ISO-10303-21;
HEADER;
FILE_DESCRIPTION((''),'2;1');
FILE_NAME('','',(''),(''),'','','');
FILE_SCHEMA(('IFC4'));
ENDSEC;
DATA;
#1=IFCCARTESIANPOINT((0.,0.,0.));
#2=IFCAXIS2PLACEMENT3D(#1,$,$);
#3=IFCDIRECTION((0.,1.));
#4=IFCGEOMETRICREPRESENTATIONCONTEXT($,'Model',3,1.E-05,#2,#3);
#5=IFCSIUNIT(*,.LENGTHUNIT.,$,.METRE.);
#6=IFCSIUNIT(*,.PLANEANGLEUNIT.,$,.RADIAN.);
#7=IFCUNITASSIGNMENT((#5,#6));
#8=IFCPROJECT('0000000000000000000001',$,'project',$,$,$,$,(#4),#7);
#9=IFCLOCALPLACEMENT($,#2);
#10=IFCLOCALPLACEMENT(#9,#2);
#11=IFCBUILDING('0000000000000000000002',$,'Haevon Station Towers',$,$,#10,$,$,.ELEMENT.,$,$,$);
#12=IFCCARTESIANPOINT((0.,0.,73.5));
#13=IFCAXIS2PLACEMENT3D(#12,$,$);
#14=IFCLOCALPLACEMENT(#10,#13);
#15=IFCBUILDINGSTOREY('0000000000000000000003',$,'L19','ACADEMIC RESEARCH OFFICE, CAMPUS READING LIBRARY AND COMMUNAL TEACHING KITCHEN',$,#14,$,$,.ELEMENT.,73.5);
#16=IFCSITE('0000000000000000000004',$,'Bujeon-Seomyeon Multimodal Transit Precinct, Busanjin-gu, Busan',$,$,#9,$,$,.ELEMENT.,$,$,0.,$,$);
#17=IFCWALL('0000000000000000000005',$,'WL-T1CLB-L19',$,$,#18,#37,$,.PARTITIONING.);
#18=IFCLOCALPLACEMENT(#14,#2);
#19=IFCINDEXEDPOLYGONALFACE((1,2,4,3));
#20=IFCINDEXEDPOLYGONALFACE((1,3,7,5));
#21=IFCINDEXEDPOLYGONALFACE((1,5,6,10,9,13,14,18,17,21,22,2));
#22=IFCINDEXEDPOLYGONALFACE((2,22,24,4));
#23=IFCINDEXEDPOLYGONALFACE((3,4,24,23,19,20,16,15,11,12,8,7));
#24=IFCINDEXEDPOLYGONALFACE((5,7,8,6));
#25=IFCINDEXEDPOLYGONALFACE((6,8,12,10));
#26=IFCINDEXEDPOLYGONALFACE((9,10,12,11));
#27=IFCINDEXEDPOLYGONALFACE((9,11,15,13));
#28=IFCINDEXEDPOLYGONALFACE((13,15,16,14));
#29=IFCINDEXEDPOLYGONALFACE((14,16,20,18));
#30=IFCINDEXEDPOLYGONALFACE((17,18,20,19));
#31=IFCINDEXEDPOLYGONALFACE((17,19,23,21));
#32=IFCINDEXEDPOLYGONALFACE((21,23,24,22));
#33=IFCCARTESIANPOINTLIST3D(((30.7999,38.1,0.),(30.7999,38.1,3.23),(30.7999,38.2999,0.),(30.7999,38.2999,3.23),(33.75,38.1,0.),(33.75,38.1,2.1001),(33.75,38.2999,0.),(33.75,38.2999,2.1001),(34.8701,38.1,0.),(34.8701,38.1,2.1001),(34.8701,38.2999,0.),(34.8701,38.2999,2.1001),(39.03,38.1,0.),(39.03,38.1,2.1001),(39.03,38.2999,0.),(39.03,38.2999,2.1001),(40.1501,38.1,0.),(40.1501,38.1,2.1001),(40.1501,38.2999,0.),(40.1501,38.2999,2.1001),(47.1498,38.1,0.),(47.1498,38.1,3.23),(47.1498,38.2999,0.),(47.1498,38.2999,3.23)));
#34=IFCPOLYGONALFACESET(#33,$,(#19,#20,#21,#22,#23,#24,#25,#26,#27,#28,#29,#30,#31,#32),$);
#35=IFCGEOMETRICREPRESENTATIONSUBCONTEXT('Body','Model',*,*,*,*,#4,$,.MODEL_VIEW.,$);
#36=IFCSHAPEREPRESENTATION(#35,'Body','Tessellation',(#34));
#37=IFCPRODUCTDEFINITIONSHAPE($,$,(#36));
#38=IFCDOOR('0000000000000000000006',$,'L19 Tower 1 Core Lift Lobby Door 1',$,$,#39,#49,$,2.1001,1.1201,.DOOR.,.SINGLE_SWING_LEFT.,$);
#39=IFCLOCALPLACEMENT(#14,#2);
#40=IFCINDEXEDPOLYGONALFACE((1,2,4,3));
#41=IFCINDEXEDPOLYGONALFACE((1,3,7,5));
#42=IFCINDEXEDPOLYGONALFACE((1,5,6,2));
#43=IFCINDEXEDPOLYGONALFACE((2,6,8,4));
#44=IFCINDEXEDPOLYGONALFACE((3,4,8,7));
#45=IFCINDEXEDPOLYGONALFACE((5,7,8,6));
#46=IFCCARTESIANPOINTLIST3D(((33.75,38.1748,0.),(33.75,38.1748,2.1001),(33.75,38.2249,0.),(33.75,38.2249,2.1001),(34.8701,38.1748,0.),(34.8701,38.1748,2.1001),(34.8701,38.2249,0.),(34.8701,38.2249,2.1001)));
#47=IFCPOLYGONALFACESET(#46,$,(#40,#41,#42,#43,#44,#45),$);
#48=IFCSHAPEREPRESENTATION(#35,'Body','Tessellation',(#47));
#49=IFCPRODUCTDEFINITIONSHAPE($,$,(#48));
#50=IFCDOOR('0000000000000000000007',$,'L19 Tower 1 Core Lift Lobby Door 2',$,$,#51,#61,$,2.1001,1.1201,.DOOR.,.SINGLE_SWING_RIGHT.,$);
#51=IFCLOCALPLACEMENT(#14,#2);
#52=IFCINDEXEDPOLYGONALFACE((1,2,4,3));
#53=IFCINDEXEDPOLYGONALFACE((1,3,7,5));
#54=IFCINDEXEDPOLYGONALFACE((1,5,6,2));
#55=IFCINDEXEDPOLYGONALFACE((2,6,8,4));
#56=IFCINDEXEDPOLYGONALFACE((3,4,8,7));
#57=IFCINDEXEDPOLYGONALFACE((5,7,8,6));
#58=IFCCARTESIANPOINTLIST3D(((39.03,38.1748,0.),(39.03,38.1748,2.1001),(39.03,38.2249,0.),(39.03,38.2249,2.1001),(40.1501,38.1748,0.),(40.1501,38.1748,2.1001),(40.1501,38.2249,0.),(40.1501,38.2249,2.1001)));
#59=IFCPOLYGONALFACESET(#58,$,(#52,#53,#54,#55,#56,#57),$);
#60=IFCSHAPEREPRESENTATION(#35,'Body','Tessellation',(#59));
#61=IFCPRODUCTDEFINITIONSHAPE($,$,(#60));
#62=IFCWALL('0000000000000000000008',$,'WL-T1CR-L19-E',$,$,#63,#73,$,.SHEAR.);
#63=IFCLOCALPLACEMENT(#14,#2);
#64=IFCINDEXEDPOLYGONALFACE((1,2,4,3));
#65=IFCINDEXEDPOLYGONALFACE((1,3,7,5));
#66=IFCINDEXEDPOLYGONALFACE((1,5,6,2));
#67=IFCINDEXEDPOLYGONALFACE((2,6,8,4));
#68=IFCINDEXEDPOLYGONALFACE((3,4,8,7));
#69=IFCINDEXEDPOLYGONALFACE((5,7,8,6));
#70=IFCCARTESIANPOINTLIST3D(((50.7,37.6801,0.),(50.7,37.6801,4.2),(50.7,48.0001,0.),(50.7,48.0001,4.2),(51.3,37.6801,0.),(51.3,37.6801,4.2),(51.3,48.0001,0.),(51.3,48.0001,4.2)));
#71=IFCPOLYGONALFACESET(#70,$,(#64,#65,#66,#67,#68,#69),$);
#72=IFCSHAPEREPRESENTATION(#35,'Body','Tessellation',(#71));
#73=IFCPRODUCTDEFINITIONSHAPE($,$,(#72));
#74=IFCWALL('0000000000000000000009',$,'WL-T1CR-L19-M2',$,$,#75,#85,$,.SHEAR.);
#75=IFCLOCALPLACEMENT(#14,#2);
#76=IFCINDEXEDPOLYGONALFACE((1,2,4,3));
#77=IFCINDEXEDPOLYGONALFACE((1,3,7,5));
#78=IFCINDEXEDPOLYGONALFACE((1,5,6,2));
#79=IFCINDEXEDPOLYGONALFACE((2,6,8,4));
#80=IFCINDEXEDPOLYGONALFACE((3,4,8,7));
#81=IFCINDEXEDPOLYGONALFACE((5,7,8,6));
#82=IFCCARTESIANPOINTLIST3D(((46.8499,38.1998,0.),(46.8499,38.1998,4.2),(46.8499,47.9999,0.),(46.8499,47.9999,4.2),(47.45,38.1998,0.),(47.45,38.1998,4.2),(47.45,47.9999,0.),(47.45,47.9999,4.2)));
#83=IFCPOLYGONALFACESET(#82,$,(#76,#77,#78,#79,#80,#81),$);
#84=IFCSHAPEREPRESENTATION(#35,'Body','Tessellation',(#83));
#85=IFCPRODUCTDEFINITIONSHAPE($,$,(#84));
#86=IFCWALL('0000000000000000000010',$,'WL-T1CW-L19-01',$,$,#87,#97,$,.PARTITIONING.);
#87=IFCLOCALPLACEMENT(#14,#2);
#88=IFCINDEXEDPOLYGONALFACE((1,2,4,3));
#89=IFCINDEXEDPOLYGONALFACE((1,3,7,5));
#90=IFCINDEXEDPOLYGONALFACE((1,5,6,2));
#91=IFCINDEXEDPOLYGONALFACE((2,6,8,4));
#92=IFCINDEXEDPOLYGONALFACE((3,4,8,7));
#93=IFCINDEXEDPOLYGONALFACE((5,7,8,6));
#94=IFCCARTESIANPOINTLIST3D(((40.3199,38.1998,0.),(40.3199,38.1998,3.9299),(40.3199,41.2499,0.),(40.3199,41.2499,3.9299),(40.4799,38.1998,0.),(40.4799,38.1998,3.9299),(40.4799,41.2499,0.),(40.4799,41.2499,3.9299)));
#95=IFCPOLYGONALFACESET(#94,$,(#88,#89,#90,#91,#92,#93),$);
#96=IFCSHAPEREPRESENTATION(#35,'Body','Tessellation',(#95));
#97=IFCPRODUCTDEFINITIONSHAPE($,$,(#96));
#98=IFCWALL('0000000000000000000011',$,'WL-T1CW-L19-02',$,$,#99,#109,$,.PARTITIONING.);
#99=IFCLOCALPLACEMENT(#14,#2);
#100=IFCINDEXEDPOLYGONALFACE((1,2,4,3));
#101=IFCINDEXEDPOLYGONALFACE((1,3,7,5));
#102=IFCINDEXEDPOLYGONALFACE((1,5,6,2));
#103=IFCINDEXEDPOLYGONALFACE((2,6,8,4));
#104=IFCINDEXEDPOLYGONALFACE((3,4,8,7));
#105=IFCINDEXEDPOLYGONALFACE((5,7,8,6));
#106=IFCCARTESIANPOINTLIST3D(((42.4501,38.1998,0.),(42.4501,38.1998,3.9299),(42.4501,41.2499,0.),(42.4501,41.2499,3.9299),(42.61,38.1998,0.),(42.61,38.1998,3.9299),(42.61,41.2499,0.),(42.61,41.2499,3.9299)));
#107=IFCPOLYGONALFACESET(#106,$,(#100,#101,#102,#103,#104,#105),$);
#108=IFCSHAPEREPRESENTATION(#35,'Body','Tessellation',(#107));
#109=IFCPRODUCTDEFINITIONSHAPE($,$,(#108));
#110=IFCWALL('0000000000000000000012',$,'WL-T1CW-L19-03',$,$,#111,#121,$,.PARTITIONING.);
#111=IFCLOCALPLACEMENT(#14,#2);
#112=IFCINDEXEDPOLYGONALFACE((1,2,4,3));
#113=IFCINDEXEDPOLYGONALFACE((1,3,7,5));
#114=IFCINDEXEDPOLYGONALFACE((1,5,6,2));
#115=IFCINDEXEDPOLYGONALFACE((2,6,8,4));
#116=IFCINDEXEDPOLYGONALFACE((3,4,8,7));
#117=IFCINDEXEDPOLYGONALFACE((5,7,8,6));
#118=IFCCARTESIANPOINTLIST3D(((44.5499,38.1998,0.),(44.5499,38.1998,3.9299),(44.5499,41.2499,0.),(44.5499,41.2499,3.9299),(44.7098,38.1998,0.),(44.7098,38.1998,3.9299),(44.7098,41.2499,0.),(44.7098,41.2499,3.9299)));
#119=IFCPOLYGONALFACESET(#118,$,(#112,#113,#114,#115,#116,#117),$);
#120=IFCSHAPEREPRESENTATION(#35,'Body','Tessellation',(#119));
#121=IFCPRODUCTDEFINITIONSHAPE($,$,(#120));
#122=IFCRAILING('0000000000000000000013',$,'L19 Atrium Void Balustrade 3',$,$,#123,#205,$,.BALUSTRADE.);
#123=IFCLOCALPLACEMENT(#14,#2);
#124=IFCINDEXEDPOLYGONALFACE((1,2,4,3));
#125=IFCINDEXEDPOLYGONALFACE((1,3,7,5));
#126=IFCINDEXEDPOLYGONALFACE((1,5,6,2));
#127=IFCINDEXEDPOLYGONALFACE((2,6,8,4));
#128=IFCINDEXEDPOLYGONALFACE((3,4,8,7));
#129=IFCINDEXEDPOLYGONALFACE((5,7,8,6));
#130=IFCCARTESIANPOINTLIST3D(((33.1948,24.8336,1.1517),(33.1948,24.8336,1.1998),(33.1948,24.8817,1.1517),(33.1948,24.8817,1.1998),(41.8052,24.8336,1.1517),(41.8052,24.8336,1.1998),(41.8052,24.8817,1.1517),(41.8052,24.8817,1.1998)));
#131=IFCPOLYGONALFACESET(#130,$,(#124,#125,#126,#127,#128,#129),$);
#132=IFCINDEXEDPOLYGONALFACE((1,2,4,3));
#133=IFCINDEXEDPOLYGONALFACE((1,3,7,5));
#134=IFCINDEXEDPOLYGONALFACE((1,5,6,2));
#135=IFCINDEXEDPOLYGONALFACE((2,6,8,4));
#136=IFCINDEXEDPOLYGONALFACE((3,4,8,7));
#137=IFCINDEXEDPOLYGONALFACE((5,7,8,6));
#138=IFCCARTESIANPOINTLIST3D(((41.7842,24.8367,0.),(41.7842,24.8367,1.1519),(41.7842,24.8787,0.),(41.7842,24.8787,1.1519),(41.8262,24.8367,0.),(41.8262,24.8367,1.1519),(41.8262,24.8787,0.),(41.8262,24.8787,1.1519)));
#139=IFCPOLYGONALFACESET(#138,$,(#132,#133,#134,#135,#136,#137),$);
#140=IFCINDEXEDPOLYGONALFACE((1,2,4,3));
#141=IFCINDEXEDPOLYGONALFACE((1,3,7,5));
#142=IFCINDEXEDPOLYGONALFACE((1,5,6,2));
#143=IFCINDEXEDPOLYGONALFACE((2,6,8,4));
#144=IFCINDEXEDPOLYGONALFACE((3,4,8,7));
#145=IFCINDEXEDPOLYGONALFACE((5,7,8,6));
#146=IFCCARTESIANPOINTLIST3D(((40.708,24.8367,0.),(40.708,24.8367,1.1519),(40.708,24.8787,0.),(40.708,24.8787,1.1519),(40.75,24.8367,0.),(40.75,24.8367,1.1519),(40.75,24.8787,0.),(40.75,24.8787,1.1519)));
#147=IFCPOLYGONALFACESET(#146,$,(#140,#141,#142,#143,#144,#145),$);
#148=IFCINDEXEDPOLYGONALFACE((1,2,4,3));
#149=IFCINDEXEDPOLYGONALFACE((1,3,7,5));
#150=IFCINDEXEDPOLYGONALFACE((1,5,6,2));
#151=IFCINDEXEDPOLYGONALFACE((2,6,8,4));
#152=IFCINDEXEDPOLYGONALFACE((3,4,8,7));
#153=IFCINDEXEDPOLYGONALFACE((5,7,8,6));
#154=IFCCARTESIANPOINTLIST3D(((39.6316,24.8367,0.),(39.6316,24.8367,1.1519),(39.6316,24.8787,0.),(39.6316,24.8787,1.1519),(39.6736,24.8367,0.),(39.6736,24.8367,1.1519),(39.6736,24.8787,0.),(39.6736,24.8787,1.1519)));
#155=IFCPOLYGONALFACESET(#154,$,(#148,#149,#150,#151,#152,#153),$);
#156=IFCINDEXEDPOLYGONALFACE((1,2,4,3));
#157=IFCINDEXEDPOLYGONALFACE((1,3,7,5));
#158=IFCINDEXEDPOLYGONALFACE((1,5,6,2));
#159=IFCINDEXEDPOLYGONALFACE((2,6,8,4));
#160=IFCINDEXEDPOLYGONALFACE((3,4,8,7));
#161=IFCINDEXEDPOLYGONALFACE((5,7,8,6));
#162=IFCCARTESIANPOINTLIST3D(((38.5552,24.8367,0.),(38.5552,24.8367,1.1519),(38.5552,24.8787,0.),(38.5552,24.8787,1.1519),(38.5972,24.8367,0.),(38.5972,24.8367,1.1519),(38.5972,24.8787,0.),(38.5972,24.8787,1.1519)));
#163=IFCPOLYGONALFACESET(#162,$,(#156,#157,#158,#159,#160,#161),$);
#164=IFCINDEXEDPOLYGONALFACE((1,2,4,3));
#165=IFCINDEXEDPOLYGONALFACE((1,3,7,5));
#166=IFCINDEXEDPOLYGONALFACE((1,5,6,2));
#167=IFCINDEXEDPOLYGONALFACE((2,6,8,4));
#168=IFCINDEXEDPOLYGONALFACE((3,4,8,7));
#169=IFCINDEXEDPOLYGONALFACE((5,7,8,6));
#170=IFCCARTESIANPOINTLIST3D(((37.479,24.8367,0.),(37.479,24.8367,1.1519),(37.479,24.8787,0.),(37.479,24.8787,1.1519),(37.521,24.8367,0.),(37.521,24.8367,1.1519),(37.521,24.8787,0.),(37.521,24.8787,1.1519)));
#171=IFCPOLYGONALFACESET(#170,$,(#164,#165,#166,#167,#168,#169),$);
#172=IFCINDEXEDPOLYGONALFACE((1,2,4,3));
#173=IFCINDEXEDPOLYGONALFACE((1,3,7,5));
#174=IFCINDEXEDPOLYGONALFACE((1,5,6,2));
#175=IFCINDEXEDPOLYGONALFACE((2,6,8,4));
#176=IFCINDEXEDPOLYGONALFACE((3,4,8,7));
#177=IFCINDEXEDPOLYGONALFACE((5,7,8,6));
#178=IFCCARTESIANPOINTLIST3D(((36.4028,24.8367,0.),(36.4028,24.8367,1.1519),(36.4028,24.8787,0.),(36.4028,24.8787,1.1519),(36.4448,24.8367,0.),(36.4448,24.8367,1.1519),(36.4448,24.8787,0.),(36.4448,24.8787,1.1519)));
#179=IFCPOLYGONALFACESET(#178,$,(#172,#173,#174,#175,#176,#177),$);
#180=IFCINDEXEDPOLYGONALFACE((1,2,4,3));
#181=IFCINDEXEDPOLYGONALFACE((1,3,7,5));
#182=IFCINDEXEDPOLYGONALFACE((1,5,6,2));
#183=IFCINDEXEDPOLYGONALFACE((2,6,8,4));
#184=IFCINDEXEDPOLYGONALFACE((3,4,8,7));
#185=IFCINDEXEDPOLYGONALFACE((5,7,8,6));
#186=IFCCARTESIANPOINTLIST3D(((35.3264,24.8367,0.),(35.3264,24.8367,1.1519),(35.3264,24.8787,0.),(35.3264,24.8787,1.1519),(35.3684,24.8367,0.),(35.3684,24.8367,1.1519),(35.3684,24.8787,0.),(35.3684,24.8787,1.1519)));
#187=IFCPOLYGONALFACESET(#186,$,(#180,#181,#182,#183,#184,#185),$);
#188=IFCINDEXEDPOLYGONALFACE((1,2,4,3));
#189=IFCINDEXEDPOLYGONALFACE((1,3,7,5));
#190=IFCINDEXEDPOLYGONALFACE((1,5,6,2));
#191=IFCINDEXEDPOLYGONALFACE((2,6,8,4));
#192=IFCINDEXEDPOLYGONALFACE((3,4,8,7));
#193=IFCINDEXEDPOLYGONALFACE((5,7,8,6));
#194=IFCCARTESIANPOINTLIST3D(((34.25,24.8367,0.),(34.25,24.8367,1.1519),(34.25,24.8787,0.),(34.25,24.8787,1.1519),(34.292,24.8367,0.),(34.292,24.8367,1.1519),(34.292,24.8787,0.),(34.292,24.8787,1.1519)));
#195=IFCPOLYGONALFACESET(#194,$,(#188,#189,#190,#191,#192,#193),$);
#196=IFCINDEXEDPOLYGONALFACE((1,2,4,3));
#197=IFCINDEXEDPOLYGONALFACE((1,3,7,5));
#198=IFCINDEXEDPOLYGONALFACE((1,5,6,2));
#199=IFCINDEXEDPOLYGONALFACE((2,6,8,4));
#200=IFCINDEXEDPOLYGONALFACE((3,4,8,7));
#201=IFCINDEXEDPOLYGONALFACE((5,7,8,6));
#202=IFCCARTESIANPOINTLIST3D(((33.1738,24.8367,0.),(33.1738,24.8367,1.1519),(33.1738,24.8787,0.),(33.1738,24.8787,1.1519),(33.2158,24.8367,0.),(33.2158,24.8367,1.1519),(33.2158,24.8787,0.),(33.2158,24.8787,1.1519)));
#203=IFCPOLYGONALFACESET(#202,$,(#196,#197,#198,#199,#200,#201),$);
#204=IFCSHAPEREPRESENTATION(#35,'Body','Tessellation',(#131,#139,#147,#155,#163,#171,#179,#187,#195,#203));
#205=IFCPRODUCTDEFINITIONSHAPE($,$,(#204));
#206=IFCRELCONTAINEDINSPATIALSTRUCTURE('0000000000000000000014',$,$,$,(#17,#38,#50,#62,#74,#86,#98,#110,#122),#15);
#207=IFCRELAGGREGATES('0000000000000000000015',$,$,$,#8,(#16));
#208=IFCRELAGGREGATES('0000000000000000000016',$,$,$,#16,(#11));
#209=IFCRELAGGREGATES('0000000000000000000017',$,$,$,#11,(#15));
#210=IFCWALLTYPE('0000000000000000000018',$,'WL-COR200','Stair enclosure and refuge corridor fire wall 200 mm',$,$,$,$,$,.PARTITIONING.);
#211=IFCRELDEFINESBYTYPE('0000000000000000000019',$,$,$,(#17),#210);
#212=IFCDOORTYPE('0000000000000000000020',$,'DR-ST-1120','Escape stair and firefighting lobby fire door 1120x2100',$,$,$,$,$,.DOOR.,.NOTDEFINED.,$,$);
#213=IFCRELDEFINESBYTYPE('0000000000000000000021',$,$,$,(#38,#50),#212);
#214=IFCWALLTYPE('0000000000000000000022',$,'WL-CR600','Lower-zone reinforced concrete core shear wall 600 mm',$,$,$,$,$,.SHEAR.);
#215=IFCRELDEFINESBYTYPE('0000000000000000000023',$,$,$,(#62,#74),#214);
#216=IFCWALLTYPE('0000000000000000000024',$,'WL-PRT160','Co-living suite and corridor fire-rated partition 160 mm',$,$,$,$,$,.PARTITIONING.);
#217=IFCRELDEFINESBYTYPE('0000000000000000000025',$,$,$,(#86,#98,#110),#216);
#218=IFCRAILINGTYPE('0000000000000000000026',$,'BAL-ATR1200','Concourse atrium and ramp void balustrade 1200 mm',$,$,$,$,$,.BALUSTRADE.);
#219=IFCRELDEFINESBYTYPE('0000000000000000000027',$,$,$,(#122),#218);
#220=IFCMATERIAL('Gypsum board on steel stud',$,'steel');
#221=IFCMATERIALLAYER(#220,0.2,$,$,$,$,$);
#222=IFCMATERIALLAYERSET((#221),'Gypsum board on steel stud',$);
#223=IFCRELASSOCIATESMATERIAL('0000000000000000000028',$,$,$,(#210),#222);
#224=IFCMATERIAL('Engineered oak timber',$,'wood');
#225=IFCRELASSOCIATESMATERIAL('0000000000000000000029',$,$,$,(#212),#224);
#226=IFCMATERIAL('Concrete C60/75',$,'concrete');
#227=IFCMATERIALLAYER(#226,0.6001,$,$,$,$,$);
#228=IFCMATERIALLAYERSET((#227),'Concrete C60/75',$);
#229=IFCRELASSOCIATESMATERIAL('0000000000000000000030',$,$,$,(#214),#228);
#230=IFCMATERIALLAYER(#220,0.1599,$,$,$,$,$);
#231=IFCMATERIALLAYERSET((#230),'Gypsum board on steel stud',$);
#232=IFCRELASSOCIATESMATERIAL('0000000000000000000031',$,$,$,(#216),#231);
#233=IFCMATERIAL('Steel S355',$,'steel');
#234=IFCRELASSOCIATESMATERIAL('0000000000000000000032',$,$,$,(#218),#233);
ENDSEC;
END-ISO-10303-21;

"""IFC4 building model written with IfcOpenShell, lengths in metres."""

from ifc_helpers import new_model, si_unit, direction, frame, frame_2d, origin, origin_2d, place, context, subcontext, project, spatial, rectangle, extrude, material, layer, layer_set, type_object, element, fill, save


model = new_model("IFC4")

# Units and contexts
model_context = context("Model", 3, precision=1e-05, world=origin(), true_north=direction((0.0, 1.0)))
body_context = subcontext(model_context, "Body", "Model", "MODEL_VIEW")
ifc_project = project(units=[si_unit("LENGTHUNIT", "METRE"), si_unit("PLANEANGLEUNIT", "RADIAN")], contexts=[model_context])

# Site, building, storey
site_placement = place(None, origin())
site = spatial("IfcSite", under=ifc_project, at=site_placement, Name="Bujeon-Seomyeon Multimodal Transit Precinct, Busanjin-gu, Busan", CompositionType="ELEMENT", RefElevation=0.0)
building_placement = place(site_placement, origin())
building = spatial("IfcBuilding", under=site, at=building_placement, Name="Haevon Station Towers", CompositionType="ELEMENT")
storey_placement = place(building_placement, frame((0.0, 0.0, 73.5)))
storey = spatial("IfcBuildingStorey", under=building, at=storey_placement, Name="L19", Description="ACADEMIC RESEARCH OFFICE, CAMPUS READING LIBRARY AND COMMUNAL TEACHING KITCHEN", CompositionType="ELEMENT", Elevation=73.5)

# Shared definitions
ifc_material_1 = material(Name="Steel S355", Category="steel")

# Shared definitions
ifc_material_2 = material(Name="Gypsum board on steel stud", Category="steel")
ifc_layer_1 = layer(ifc_material_2, 0.2)
ifc_layer_set_1 = layer_set([ifc_layer_1], Name="Gypsum board on steel stud")
wall_type_1 = type_object("IfcWallType", Name="WL-COR200", Description="Stair enclosure and refuge corridor fire wall 200 mm", PredefinedType="PARTITIONING", material=ifc_layer_set_1)
ifc_material_3 = material(Name="Engineered oak timber", Category="wood")

# Wall, openings, doors
wall_1_placement = place(storey_placement, frame((30.8, 38.2, 0.0), z_axis=(0.0, 0.0, 1.0), x_axis=(1.0, 0.0, 0.0)))
wall_1 = element("IfcWall", 1, at=wall_1_placement, inside=storey, type_object=wall_type_1, Name="WL-T1CLB-L19", PredefinedType="PARTITIONING", context=body_context, shape_type="SweptSolid", body=[
    extrude(rectangle(XDim=16.3499, YDim=0.2, at=frame_2d((8.1748, 0.0))), origin(), (0.0, 0.0, 1.0), 3.23),
])
opening_1_placement = place(wall_1_placement, frame((2.95, 0.0, 0.0)))
opening_1 = element("IfcOpeningElement", 2, at=opening_1_placement, cuts=wall_1, PredefinedType="OPENING", context=body_context, shape_type="SweptSolid", body=[
    extrude(rectangle(XDim=1.1201, YDim=2.1001, at=frame_2d((0.5601, 1.05))), frame((0.0, 0.1099, 0.0), z_axis=(0.0, -1.0, 0.0), x_axis=(1.0, 0.0, 0.0)), (0.0, 0.0, 1.0), 0.22),
])
opening_2_placement = place(wall_1_placement, frame((8.23, 0.0, 0.0)))
opening_2 = element("IfcOpeningElement", 3, at=opening_2_placement, cuts=wall_1, PredefinedType="OPENING", context=body_context, shape_type="SweptSolid", body=[
    extrude(rectangle(XDim=1.1201, YDim=2.1001, at=frame_2d((0.5601, 1.05))), frame((0.0, 0.1099, 0.0), z_axis=(0.0, -1.0, 0.0), x_axis=(1.0, 0.0, 0.0)), (0.0, 0.0, 1.0), 0.22),
])
door_type_1 = type_object("IfcDoorType", Name="DR-ST-1120", Description="Escape stair and firefighting lobby fire door 1120x2100", OperationType="NOTDEFINED", PredefinedType="DOOR", material=ifc_material_3)
door_1_placement = place(opening_1_placement, origin())
door_1 = element("IfcDoor", 4, at=door_1_placement, inside=storey, type_object=door_type_1, Name="L19 Tower 1 Core Lift Lobby Door 1", OperationType="SINGLE_SWING_LEFT", OverallHeight=2.1001, OverallWidth=1.1201, PredefinedType="DOOR", context=body_context, shape_type="SweptSolid", body=[
    extrude(rectangle(XDim=1.1201, YDim=2.1001, at=frame_2d((0.5601, 1.05))), frame((0.0, 0.0249, 0.0), z_axis=(0.0, -1.0, 0.0), x_axis=(1.0, 0.0, 0.0)), (0.0, 0.0, 1.0), 0.05),
])
fill(opening_1, door_1)
door_2_placement = place(opening_2_placement, origin())
door_2 = element("IfcDoor", 5, at=door_2_placement, inside=storey, type_object=door_type_1, Name="L19 Tower 1 Core Lift Lobby Door 2", OperationType="SINGLE_SWING_RIGHT", OverallHeight=2.1001, OverallWidth=1.1201, PredefinedType="DOOR", context=body_context, shape_type="SweptSolid", body=[
    extrude(rectangle(XDim=1.1201, YDim=2.1001, at=frame_2d((0.5601, 1.05))), frame((0.0, 0.0249, 0.0), z_axis=(0.0, -1.0, 0.0), x_axis=(1.0, 0.0, 0.0)), (0.0, 0.0, 1.0), 0.05),
])
fill(opening_2, door_2)

# Walls
ifc_material_4 = material(Name="Concrete C60/75", Category="concrete")
ifc_layer_2 = layer(ifc_material_4, 0.6001)
ifc_layer_set_2 = layer_set([ifc_layer_2], Name="Concrete C60/75")
wall_type_2 = type_object("IfcWallType", Name="WL-CR600", Description="Lower-zone reinforced concrete core shear wall 600 mm", PredefinedType="SHEAR", material=ifc_layer_set_2)
wall_2_placement = place(storey_placement, frame((51.0, 37.6799, 0.0), z_axis=(0.0, 0.0, 1.0), x_axis=(0.0, 1.0, 0.0)))
element("IfcWall", 6, at=wall_2_placement, inside=storey, type_object=wall_type_2, Name="WL-T1CR-L19-E", PredefinedType="SHEAR", context=body_context, shape_type="SweptSolid", body=[
    extrude(rectangle(XDim=10.3201, YDim=0.6001, at=frame_2d((5.1602, 0.0))), origin(), (0.0, 0.0, 1.0), 4.2),
])
wall_3_placement = place(storey_placement, frame((47.1499, 38.2, 0.0), z_axis=(0.0, 0.0, 1.0), x_axis=(0.0, 1.0, 0.0)))
element("IfcWall", 7, at=wall_3_placement, inside=storey, type_object=wall_type_2, Name="WL-T1CR-L19-M2", PredefinedType="SHEAR", context=body_context, shape_type="SweptSolid", body=[
    extrude(rectangle(XDim=9.8, YDim=0.6001, at=frame_2d((4.8999, 0.0))), origin(), (0.0, 0.0, 1.0), 4.2),
])
ifc_layer_3 = layer(ifc_material_2, 0.1599)
ifc_layer_set_3 = layer_set([ifc_layer_3], Name="Gypsum board on steel stud")
wall_type_3 = type_object("IfcWallType", Name="WL-PRT160", Description="Co-living suite and corridor fire-rated partition 160 mm", PredefinedType="PARTITIONING", material=ifc_layer_set_3)
for number, where, z_axis, x_axis, name in (
    (8, (40.3999, 38.2, 0.0), (0.0, 0.0, 1.0), (0.0, 1.0, 0.0), "WL-T1CW-L19-01"),
    (9, (42.53, 38.2, 0.0), (0.0, 0.0, 1.0), (0.0, 1.0, 0.0), "WL-T1CW-L19-02"),
    (10, (44.6299, 38.2, 0.0), (0.0, 0.0, 1.0), (0.0, 1.0, 0.0), "WL-T1CW-L19-03"),
):
    element("IfcWall", number, at=place(storey_placement, frame(where, z_axis=z_axis, x_axis=x_axis)), inside=storey, type_object=wall_type_3, Name=name, PredefinedType="PARTITIONING", context=body_context, shape_type="SweptSolid", body=[
        extrude(rectangle(XDim=3.05, YDim=0.1599, at=frame_2d((1.5249, 0.0))), origin(), (0.0, 0.0, 1.0), 3.9299),
    ])

# Railing
railing_type = type_object("IfcRailingType", Name="BAL-ATR1200", Description="Concourse atrium and ramp void balustrade 1200 mm", PredefinedType="BALUSTRADE", material=ifc_material_1)
railing_1_placement = place(storey_placement, frame((41.8052, 24.8577, 0.0)))
element("IfcRailing", 11, at=railing_1_placement, inside=storey, type_object=railing_type, Name="L19 Atrium Void Balustrade 3", PredefinedType="BALUSTRADE", context=body_context, shape_type="SweptSolid", body=[
    extrude(rectangle(XDim=0.0481, YDim=0.0481, at=origin_2d()), frame((0.0, 0.0, 1.1758), z_axis=(-1.0, 0.0, 0.0), x_axis=(0.0, -1.0, 0.0)), (0.0, 0.0, 1.0), 8.6104),
    extrude(rectangle(XDim=0.042, YDim=0.042, at=origin_2d()), origin(), (0.0, 0.0, 1.0), 1.1519),
    extrude(rectangle(XDim=0.042, YDim=0.042, at=origin_2d()), frame((-1.0762, 0.0, 0.0)), (0.0, 0.0, 1.0), 1.1519),
    extrude(rectangle(XDim=0.042, YDim=0.042, at=origin_2d()), frame((-2.1526, 0.0, 0.0)), (0.0, 0.0, 1.0), 1.1519),
    extrude(rectangle(XDim=0.042, YDim=0.042, at=origin_2d()), frame((-3.229, 0.0, 0.0)), (0.0, 0.0, 1.0), 1.1519),
    extrude(rectangle(XDim=0.042, YDim=0.042, at=origin_2d()), frame((-4.3052, 0.0, 0.0)), (0.0, 0.0, 1.0), 1.1519),
    extrude(rectangle(XDim=0.042, YDim=0.042, at=origin_2d()), frame((-5.3813, 0.0, 0.0)), (0.0, 0.0, 1.0), 1.1519),
    extrude(rectangle(XDim=0.042, YDim=0.042, at=origin_2d()), frame((-6.4578, 0.0, 0.0)), (0.0, 0.0, 1.0), 1.1519),
    extrude(rectangle(XDim=0.042, YDim=0.042, at=origin_2d()), frame((-7.5342, 0.0, 0.0)), (0.0, 0.0, 1.0), 1.1519),
    extrude(rectangle(XDim=0.042, YDim=0.042, at=origin_2d()), frame((-8.6104, 0.0, 0.0)), (0.0, 0.0, 1.0), 1.1519),
])

save(model, "model.ifc")
